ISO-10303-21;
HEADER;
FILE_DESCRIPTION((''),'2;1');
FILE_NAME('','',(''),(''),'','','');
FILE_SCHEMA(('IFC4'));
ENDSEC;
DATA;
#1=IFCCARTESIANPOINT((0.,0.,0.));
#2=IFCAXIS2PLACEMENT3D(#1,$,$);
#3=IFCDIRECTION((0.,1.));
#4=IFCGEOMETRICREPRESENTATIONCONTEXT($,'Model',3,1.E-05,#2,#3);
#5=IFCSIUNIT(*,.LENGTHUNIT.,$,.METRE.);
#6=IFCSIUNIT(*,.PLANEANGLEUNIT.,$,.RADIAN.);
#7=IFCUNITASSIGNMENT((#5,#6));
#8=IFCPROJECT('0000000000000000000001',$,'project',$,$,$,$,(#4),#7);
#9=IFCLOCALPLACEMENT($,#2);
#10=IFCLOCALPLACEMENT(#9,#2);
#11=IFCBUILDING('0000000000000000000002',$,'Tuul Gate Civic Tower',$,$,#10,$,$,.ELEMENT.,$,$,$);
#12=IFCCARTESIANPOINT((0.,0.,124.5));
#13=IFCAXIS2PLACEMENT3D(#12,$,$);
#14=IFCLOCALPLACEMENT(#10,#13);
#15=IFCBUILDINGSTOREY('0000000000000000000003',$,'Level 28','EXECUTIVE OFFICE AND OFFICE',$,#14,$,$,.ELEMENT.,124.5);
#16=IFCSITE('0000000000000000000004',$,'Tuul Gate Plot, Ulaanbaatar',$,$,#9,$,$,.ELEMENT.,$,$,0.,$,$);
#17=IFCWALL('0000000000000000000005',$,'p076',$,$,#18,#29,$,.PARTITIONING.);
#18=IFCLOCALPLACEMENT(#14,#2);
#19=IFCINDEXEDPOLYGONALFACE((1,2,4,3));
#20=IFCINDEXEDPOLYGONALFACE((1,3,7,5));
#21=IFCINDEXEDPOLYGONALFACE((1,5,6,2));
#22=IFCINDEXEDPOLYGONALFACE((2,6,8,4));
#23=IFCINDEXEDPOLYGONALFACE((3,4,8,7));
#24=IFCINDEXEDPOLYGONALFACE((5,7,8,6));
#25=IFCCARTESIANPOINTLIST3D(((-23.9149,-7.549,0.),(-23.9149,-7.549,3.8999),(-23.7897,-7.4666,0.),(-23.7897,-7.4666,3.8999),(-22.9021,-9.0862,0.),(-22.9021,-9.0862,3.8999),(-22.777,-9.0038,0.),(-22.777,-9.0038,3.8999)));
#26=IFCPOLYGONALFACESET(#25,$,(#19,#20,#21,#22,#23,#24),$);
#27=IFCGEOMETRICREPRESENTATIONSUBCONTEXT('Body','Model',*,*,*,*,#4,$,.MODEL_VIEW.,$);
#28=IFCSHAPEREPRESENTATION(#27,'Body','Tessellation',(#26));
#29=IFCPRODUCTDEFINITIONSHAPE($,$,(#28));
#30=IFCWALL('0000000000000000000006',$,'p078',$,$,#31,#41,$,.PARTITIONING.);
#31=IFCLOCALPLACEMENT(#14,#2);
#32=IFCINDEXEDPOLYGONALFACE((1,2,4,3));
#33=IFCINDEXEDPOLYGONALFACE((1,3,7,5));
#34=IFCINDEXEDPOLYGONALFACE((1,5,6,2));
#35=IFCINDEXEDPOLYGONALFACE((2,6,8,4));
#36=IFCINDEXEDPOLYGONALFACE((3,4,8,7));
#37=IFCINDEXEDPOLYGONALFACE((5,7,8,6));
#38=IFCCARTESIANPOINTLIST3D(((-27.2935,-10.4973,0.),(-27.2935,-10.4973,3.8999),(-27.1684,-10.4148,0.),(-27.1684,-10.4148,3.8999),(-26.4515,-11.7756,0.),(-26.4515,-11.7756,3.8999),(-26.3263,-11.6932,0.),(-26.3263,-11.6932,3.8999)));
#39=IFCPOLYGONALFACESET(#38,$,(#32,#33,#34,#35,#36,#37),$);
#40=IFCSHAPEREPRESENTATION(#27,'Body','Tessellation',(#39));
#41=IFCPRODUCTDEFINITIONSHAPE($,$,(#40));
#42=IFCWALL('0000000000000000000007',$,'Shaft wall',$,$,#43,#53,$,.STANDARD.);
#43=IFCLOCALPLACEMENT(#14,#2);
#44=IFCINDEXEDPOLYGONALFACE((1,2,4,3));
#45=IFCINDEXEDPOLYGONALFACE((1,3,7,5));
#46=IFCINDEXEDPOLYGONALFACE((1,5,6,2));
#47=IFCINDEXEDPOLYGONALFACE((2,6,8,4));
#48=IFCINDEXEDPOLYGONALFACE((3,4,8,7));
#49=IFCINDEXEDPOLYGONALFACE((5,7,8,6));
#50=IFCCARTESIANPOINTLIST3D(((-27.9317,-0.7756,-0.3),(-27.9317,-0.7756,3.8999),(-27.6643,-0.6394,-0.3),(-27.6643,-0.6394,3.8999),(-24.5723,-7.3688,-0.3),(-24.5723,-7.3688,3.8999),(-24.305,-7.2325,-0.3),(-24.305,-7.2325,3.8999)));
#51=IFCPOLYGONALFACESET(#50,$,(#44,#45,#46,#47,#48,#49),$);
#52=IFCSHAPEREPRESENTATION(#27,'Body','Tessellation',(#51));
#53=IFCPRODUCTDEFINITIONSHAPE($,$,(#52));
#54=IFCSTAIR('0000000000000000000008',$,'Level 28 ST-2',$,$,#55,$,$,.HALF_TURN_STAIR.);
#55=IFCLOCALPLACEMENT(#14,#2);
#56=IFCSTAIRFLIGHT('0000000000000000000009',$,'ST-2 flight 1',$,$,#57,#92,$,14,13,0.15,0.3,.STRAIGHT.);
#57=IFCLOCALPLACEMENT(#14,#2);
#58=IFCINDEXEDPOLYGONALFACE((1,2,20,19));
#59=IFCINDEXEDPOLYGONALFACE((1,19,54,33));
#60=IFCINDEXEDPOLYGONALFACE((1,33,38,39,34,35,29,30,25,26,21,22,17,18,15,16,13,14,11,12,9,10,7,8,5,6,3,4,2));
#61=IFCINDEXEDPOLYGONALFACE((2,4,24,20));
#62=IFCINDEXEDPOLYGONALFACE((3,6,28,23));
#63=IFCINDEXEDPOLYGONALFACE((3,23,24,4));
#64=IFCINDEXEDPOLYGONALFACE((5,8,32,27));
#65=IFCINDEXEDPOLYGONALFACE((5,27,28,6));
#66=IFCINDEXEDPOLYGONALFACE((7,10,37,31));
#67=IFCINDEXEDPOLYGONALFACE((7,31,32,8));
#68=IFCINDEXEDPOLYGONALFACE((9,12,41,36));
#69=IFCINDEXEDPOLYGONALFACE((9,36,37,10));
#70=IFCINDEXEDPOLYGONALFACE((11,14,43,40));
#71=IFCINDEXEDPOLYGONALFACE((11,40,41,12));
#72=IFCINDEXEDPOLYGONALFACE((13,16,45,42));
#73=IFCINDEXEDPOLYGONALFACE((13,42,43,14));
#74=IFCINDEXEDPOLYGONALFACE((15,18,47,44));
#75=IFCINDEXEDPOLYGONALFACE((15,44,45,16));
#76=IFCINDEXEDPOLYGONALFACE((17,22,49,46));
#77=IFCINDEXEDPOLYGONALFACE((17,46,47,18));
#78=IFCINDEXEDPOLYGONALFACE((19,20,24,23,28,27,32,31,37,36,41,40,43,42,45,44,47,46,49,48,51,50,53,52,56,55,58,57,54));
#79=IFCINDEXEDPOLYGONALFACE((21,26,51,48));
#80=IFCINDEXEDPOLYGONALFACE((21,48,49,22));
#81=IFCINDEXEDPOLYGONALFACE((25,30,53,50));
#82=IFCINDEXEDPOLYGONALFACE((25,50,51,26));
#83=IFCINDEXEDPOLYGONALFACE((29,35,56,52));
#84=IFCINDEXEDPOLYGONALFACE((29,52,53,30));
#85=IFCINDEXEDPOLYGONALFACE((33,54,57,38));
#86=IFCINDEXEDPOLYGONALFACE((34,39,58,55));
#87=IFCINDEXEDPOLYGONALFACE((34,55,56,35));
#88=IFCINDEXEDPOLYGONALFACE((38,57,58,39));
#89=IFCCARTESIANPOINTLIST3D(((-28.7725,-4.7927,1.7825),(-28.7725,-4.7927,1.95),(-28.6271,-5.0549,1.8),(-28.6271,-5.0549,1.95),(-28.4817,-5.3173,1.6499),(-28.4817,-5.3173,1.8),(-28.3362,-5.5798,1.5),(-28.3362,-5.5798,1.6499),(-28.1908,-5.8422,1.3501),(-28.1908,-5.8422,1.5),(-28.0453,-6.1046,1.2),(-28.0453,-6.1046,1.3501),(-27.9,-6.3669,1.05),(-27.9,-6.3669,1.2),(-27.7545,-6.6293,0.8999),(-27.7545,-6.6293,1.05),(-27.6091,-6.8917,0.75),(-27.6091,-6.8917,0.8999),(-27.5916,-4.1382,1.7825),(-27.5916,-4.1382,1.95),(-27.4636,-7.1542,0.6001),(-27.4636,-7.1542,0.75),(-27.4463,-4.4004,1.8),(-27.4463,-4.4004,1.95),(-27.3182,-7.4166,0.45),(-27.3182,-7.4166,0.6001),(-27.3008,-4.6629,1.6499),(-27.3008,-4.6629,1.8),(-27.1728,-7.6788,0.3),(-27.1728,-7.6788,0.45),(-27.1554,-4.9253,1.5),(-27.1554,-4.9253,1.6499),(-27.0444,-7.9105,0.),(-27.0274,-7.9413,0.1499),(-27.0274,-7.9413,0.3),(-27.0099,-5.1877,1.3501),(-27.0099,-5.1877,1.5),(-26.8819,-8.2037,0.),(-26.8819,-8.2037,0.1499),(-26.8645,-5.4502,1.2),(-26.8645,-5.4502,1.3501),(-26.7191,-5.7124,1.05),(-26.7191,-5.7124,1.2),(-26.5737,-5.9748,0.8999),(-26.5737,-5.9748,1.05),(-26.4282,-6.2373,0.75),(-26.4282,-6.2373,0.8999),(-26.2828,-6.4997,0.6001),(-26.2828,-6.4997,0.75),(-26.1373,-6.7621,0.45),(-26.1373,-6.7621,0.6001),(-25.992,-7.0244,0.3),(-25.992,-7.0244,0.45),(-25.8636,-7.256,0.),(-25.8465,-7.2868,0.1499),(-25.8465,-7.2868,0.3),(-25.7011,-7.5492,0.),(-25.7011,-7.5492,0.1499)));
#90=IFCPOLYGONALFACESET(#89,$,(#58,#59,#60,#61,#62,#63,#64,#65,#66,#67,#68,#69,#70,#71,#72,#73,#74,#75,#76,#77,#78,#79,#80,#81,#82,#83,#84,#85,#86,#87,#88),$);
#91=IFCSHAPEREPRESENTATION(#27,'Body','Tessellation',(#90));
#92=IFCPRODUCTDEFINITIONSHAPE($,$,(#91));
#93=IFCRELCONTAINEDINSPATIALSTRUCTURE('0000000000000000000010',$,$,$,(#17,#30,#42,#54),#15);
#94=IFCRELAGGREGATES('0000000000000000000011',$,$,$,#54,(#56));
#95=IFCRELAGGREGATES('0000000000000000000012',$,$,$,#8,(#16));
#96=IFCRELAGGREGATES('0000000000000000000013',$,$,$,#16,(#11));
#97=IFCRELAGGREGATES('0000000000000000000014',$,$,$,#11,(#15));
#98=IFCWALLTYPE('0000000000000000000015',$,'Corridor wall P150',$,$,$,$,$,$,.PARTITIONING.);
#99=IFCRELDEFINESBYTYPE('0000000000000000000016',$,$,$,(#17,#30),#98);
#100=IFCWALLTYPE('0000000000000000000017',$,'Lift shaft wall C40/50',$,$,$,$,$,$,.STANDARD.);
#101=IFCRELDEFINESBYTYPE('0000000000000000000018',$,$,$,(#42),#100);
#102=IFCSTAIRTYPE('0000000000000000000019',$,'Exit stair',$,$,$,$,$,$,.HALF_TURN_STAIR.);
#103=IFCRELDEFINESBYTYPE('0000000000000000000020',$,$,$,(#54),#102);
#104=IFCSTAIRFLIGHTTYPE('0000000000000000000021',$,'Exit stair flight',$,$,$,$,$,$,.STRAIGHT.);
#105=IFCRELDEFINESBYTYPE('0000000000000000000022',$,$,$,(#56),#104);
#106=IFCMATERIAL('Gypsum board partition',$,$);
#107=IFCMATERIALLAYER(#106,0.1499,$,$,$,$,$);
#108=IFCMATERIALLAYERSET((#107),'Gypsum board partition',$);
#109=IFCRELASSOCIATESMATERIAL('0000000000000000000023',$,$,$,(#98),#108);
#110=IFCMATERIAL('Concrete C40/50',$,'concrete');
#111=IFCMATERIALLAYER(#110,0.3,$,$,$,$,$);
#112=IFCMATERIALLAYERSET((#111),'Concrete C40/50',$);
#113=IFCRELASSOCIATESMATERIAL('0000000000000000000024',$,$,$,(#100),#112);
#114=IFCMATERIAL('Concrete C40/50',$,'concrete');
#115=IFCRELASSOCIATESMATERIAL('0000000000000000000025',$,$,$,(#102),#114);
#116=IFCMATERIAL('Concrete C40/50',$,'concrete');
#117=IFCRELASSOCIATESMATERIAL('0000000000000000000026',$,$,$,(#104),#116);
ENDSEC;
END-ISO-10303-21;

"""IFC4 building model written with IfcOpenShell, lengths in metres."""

from ifc_helpers import new_model, si_unit, direction, frame, frame_2d, origin, place, context, subcontext, project, spatial, polyline, rectangle, outline, extrude, material, layer, layer_set, type_object, element, aggregate, save


model = new_model("IFC4")

# Units and contexts
model_context = context("Model", 3, precision=1e-05, world=origin(), true_north=direction((0.0, 1.0)))
body_context = subcontext(model_context, "Body", "Model", "MODEL_VIEW")
ifc_project = project(units=[si_unit("LENGTHUNIT", "METRE"), si_unit("PLANEANGLEUNIT", "RADIAN")], contexts=[model_context])

# Site, building, storey
site_placement = place(None, origin())
site = spatial("IfcSite", under=ifc_project, at=site_placement, Name="Tuul Gate Plot, Ulaanbaatar", CompositionType="ELEMENT", RefElevation=0.0)
building_placement = place(site_placement, origin())
building = spatial("IfcBuilding", under=site, at=building_placement, Name="Tuul Gate Civic Tower", CompositionType="ELEMENT")
storey_placement = place(building_placement, frame((0.0, 0.0, 124.5)))
storey = spatial("IfcBuildingStorey", under=building, at=storey_placement, Name="Level 28", Description="EXECUTIVE OFFICE AND OFFICE", CompositionType="ELEMENT", Elevation=124.5)

# Shared definitions
ifc_material_1 = material(Name="Gypsum board partition")
ifc_layer_1 = layer(ifc_material_1, 0.1499)
ifc_layer_set_1 = layer_set([ifc_layer_1], Name="Gypsum board partition")
wall_type_1 = type_object("IfcWallType", Name="Corridor wall P150", PredefinedType="PARTITIONING", material=ifc_layer_set_1)

# Walls
wall_1_placement = place(storey_placement, frame((-23.8523, -7.5078, 0.0), z_axis=(0.0, 0.0, 1.0), x_axis=(0.550162, -0.835058, 0.0)))
element("IfcWall", 1, at=wall_1_placement, inside=storey, type_object=wall_type_1, Name="p076", PredefinedType="PARTITIONING", context=body_context, shape_type="SweptSolid", body=[
    extrude(rectangle(XDim=1.8408, YDim=0.1499, at=frame_2d((0.9204, 0.0))), origin(), (0.0, 0.0, 1.0), 3.8999),
])
wall_2_placement = place(storey_placement, frame((-27.231, -10.4561, 0.0), z_axis=(0.0, 0.0, 1.0), x_axis=(0.550091, -0.835105, 0.0)))
element("IfcWall", 2, at=wall_2_placement, inside=storey, type_object=wall_type_1, Name="p078", PredefinedType="PARTITIONING", context=body_context, shape_type="SweptSolid", body=[
    extrude(rectangle(XDim=1.5308, YDim=0.1499, at=frame_2d((0.7654, 0.0))), origin(), (0.0, 0.0, 1.0), 3.8999),
])
ifc_material_2 = material(Name="Concrete C40/50", Category="concrete")
ifc_layer_2 = layer(ifc_material_2, 0.3)
ifc_layer_set_2 = layer_set([ifc_layer_2], Name="Concrete C40/50")
wall_type_2 = type_object("IfcWallType", Name="Lift shaft wall C40/50", PredefinedType="STANDARD", material=ifc_layer_set_2)
wall_3_placement = place(storey_placement, frame((-24.4387, -7.3005, -0.3), z_axis=(0.0, 0.0, 1.0), x_axis=(-0.453984, 0.89101, 0.0)))
element("IfcWall", 3, at=wall_3_placement, inside=storey, type_object=wall_type_2, Name="Shaft wall", PredefinedType="STANDARD", context=body_context, shape_type="SweptSolid", body=[
    extrude(rectangle(XDim=7.3997, YDim=0.3, at=frame_2d((3.6997, 0.0))), origin(), (0.0, 0.0, 1.0), 4.2),
])

# Stair, stair flight
ifc_material_3 = material(Name="Concrete C40/50", Category="concrete")
stair_type = type_object("IfcStairType", Name="Exit stair", PredefinedType="HALF_TURN_STAIR", material=ifc_material_3)
stair_placement = place(storey_placement, origin())
stair = element("IfcStair", 4, at=stair_placement, inside=storey, type_object=stair_type, Name="Level 28 ST-2", PredefinedType="HALF_TURN_STAIR")
ifc_material_4 = material(Name="Concrete C40/50", Category="concrete")
stair_flight_type = type_object("IfcStairFlightType", Name="Exit stair flight", PredefinedType="STRAIGHT", material=ifc_material_4)
stair_flight_placement = place(storey_placement, frame((-26.2915, -7.8765, 0.0), z_axis=(0.0, 0.0, 1.0), x_axis=(-0.484762, 0.874646, 0.0)))
stair_flight = element("IfcStairFlight", 5, at=stair_flight_placement, type_object=stair_flight_type, Name="ST-2 flight 1", NumberOfRisers=14, NumberOfTreads=13, PredefinedType="STRAIGHT", RiserHeight=0.15, TreadLength=0.3, context=body_context, shape_type="SweptSolid", body=[
    extrude(outline(polyline([(0.0, 0.0), (0.0, 0.1499), (0.3, 0.1499), (0.3, 0.3), (0.6001, 0.3), (0.6001, 0.45), (0.8999, 0.45), (0.8999, 0.6001), (1.2, 0.6001), (1.2, 0.75), (1.5, 0.75), (1.5, 0.8999), (1.8, 0.8999), (1.8, 1.05), (2.1001, 1.05), (2.1001, 1.2), (2.3999, 1.2), (2.3999, 1.3501), (2.7, 1.3501), (2.7, 1.5), (3.0, 1.5), (3.0, 1.6499), (3.3, 1.6499), (3.3, 1.8), (3.6001, 1.8), (3.6001, 1.95), (3.8999, 1.95), (3.8999, 2.1001), (3.8999, 1.7825), (0.3352, 0.0), (0.0, 0.0)])), frame((0.0, 0.675, 0.0), z_axis=(0.0, -1.0, 0.0), x_axis=(1.0, 0.0, 0.0)), (0.0, 0.0, 1.0), 1.3501),
])
aggregate(stair, [stair_flight])

save(model, "model.ifc")
